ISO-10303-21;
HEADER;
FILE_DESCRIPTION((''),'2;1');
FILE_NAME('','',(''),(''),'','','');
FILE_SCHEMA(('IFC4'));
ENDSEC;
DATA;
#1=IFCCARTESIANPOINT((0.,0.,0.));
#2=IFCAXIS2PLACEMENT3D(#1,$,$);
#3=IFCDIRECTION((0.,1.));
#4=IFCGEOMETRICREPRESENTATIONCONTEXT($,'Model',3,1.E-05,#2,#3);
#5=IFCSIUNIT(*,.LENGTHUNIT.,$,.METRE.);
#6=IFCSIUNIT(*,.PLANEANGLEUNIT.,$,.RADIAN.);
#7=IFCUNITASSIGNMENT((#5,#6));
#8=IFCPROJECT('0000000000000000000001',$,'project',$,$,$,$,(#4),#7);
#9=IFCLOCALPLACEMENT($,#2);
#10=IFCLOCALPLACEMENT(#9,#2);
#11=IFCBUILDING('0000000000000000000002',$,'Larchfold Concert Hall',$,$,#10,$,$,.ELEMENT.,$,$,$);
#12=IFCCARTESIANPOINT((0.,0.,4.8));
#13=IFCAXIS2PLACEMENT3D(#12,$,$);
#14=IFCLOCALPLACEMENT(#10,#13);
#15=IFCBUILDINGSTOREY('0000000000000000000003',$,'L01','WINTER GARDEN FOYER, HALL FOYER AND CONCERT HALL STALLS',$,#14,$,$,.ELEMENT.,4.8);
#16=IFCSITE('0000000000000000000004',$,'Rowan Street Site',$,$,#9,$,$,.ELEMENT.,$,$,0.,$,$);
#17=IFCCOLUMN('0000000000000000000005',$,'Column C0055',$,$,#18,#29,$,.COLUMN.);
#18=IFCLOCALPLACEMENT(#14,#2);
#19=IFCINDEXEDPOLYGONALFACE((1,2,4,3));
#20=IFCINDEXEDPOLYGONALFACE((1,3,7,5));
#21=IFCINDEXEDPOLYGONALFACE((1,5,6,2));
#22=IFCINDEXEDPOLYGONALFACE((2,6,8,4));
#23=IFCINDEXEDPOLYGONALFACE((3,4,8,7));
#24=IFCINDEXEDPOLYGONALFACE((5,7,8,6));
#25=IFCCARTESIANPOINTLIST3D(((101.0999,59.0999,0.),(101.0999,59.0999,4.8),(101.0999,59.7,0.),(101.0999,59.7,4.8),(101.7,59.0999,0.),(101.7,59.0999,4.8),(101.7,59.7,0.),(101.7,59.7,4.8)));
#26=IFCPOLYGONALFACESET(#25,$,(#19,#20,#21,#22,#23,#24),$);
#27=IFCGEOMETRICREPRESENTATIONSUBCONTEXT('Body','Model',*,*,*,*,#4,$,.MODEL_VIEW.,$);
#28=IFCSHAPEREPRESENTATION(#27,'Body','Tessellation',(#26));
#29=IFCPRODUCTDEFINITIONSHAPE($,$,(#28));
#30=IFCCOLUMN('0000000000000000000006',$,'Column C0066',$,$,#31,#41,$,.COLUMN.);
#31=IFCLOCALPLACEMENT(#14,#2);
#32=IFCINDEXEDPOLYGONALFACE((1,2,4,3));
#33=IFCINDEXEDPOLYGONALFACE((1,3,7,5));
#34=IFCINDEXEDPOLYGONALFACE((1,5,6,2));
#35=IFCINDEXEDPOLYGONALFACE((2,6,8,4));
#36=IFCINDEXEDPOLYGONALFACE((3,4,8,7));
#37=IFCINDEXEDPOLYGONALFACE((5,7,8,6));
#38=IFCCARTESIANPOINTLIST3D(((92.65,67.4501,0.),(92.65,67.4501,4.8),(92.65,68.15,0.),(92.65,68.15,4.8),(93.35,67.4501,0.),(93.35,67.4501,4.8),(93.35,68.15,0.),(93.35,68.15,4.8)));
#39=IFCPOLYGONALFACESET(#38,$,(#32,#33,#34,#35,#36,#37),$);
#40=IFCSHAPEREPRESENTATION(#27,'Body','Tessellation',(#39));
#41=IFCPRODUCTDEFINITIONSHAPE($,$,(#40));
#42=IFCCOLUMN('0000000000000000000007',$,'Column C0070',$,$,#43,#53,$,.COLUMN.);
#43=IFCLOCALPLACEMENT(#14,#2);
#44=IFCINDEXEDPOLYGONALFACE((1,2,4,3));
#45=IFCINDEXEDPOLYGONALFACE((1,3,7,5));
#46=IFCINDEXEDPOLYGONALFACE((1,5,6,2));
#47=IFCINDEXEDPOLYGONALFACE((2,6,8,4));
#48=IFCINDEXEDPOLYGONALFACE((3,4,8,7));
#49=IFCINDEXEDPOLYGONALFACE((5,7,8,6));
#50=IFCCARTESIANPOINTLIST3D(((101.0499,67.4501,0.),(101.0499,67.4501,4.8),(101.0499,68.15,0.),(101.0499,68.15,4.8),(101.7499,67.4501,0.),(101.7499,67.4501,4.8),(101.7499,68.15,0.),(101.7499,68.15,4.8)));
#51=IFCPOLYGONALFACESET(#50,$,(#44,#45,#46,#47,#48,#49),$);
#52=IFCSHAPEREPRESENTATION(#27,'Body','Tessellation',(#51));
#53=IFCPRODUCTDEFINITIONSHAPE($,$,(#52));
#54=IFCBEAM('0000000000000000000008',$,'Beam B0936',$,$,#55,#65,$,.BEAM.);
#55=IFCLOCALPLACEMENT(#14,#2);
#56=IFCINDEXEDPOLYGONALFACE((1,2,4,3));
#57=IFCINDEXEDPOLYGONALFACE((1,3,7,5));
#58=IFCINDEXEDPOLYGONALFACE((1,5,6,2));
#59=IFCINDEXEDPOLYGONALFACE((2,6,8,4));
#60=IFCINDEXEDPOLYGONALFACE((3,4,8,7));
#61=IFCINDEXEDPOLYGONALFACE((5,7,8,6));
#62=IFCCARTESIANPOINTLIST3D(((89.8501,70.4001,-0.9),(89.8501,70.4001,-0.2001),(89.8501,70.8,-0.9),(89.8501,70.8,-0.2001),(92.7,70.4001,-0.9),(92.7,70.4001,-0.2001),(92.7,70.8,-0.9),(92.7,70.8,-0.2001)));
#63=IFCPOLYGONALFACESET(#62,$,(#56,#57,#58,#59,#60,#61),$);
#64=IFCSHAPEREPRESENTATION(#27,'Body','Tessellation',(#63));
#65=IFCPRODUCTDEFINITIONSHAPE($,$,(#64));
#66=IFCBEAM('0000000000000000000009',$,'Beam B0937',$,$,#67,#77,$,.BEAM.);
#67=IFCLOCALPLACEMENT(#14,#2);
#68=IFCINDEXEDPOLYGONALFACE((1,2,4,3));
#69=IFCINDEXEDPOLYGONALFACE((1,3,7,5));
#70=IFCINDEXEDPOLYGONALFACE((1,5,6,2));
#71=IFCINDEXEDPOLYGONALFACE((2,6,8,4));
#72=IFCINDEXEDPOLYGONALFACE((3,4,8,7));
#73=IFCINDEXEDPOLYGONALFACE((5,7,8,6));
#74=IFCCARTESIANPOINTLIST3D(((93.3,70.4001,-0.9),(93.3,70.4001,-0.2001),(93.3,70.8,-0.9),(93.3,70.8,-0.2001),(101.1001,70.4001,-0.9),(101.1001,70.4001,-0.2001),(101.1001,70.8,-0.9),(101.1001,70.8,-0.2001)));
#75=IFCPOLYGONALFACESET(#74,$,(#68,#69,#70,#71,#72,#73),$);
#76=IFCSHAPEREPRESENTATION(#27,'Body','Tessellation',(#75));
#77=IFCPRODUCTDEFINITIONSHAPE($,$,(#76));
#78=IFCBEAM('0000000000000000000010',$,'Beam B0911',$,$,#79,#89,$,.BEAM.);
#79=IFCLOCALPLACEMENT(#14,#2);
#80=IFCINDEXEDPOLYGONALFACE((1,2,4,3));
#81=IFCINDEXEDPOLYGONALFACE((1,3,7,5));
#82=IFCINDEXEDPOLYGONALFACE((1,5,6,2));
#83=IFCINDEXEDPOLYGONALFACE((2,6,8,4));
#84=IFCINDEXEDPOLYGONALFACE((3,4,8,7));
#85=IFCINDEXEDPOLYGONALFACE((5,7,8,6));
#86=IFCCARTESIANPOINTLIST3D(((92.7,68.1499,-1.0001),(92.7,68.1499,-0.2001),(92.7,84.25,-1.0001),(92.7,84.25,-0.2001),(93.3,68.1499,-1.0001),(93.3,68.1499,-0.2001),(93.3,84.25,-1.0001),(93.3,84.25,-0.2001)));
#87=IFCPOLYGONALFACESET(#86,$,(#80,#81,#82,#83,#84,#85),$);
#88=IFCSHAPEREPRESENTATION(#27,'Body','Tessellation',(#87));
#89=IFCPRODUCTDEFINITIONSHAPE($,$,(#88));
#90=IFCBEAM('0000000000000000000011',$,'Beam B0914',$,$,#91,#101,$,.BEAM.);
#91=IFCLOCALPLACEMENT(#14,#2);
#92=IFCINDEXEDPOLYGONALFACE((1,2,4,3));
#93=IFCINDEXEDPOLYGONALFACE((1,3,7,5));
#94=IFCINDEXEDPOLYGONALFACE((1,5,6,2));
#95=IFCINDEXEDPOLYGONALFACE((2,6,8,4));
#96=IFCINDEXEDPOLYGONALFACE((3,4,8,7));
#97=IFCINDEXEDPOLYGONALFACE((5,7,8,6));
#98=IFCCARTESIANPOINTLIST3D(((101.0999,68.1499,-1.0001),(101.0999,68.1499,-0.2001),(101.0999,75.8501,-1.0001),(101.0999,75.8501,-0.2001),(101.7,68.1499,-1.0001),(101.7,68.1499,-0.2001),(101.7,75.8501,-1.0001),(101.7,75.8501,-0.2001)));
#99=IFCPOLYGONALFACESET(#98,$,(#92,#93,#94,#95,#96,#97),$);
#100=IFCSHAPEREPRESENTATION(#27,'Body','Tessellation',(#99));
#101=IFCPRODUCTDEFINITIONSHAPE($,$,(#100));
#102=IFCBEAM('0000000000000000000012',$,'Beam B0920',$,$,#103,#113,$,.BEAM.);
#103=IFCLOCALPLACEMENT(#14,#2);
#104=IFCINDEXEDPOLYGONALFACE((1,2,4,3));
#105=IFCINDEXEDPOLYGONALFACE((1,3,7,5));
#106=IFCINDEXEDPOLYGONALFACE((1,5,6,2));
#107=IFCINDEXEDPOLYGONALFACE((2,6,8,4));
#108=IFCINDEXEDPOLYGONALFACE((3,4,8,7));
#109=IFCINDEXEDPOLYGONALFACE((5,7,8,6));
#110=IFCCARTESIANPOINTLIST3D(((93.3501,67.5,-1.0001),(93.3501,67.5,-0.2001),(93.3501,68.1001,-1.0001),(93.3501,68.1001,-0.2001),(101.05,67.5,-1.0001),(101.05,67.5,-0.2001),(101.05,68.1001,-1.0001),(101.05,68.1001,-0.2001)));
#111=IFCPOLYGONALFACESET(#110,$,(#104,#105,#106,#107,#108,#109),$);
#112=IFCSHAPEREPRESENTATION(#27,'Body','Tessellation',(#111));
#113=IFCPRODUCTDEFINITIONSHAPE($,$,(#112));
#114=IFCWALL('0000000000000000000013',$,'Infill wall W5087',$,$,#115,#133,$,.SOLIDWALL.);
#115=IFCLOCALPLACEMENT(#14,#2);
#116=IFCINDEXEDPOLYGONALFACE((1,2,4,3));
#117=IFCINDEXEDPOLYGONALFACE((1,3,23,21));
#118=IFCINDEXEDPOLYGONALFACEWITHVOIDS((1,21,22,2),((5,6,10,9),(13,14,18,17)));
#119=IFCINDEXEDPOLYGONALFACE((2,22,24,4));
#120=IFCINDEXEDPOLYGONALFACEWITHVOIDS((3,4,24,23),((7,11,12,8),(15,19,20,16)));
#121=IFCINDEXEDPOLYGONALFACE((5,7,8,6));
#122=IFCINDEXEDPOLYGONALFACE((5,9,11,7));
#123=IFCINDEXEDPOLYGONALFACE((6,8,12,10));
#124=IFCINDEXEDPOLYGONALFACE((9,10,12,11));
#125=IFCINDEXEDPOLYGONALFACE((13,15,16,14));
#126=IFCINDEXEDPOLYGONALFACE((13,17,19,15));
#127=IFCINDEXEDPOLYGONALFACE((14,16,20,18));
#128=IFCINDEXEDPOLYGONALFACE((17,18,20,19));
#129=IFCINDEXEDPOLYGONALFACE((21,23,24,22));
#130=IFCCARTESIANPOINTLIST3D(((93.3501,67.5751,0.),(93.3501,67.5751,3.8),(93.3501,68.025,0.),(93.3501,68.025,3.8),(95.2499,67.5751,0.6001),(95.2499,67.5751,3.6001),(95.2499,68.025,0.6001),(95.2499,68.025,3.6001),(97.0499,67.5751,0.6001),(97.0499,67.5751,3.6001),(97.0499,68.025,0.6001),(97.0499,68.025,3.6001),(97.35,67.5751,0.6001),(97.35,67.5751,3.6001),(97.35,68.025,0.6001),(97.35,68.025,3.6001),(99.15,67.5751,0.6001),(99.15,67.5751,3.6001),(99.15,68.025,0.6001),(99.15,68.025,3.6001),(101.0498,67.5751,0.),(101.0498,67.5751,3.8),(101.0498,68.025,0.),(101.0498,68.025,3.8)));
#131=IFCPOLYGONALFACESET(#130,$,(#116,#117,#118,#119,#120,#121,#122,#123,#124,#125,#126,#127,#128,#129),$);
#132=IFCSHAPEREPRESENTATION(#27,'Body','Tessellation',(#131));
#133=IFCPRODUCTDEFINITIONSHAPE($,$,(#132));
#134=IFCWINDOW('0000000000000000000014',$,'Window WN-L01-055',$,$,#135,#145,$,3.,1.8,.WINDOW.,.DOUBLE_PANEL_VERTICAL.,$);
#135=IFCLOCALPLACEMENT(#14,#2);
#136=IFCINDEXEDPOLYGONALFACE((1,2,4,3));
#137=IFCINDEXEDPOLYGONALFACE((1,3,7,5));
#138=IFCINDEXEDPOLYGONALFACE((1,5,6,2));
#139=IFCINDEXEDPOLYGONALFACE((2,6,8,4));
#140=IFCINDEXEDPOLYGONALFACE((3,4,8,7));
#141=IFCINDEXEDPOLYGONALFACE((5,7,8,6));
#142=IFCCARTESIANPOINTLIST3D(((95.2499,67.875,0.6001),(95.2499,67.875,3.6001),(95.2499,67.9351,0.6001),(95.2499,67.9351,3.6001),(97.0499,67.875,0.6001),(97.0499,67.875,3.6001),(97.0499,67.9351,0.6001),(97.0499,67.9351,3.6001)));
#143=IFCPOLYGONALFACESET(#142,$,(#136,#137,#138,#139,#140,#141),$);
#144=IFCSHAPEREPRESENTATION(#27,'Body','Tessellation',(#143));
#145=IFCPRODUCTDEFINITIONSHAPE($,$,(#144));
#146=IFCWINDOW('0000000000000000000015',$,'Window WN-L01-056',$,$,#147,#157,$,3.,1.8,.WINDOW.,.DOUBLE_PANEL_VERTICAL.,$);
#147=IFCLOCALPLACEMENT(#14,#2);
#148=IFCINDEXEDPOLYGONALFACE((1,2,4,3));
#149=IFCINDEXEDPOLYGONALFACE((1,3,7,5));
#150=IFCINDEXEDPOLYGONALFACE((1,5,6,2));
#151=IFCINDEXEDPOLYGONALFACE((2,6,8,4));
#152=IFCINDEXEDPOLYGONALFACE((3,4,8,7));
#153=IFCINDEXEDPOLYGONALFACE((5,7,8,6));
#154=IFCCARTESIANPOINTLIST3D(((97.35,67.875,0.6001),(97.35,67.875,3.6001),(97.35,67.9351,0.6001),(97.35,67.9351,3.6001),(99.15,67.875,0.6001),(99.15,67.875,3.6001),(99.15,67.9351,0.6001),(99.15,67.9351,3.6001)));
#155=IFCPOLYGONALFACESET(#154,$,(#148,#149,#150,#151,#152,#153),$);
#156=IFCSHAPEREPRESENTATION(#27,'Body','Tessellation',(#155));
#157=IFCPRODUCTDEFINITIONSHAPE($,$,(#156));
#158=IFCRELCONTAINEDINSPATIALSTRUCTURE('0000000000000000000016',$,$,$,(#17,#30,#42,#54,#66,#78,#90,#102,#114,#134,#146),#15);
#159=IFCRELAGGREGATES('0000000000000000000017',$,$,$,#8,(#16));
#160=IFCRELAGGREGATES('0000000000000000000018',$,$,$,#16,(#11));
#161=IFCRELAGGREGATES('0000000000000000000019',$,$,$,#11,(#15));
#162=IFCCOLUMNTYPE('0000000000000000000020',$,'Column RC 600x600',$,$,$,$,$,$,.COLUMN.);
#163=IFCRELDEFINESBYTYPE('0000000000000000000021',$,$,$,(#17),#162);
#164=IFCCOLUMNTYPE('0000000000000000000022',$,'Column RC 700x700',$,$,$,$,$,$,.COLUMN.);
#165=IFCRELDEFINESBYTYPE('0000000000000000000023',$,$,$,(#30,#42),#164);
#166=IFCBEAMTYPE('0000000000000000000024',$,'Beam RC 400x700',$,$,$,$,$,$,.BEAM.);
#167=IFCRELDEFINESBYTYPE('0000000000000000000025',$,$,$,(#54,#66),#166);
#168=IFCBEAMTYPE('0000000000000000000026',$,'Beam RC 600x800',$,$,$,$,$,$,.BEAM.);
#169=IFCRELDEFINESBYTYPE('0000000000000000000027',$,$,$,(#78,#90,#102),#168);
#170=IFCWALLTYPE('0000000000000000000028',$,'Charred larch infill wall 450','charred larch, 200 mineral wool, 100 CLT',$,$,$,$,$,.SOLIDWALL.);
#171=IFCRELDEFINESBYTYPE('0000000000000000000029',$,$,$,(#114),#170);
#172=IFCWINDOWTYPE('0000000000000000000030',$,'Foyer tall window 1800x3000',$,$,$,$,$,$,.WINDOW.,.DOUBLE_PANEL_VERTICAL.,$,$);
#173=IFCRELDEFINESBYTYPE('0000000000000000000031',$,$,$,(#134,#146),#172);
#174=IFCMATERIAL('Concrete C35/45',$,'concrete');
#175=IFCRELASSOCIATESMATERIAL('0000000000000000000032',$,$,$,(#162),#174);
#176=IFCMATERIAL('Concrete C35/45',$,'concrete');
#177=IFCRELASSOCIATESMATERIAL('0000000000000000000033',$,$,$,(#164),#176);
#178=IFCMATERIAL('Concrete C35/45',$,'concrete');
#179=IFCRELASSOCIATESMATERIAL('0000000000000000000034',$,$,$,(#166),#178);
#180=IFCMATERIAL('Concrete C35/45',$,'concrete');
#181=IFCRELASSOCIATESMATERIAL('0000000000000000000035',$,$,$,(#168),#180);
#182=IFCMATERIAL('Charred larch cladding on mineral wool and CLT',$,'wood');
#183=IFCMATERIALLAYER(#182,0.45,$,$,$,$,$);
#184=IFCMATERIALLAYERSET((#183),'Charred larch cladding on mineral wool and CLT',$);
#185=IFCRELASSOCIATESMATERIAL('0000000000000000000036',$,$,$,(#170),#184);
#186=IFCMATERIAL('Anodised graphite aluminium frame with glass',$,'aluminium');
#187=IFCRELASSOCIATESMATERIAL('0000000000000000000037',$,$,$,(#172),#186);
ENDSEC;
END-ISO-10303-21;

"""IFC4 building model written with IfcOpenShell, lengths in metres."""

from ifc_helpers import new_model, si_unit, direction, frame, frame_2d, origin, origin_2d, place, context, subcontext, project, spatial, rectangle, extrude, material, layer, layer_set, material_profile, profile_set, type_object, element, fill, save


model = new_model("IFC4")

# Units and contexts
model_context = context("Model", 3, precision=1e-05, world=origin(), true_north=direction((0.0, 1.0)))
body_context = subcontext(model_context, "Body", "Model", "MODEL_VIEW")
ifc_project = project(units=[si_unit("LENGTHUNIT", "METRE"), si_unit("PLANEANGLEUNIT", "RADIAN")], contexts=[model_context])

# Site, building, storey
site_placement = place(None, origin())
site = spatial("IfcSite", under=ifc_project, at=site_placement, Name="Rowan Street Site", CompositionType="ELEMENT", RefElevation=0.0)
building_placement = place(site_placement, origin())
building = spatial("IfcBuilding", under=site, at=building_placement, Name="Larchfold Concert Hall", CompositionType="ELEMENT")
storey_placement = place(building_placement, frame((0.0, 0.0, 4.8)))
storey = spatial("IfcBuildingStorey", under=building, at=storey_placement, Name="L01", Description="WINTER GARDEN FOYER, HALL FOYER AND CONCERT HALL STALLS", CompositionType="ELEMENT", Elevation=4.8)

# Columns
ifc_material_1 = material(Name="Concrete C35/45", Category="concrete")
ifc_material_profile_1 = material_profile(ifc_material_1, rectangle(XDim=0.6001, YDim=0.6001, at=origin_2d()))
ifc_profile_set_1 = profile_set([ifc_material_profile_1], Name="Concrete C35/45")
column_type_1 = type_object("IfcColumnType", Name="Column RC 600x600", PredefinedType="COLUMN", material=ifc_profile_set_1)
column_placement = place(storey_placement, frame((101.3999, 59.3999, 0.0), z_axis=(0.0, 0.0, 1.0), x_axis=(1.0, 0.0, 0.0)))
element("IfcColumn", 1, at=column_placement, inside=storey, type_object=column_type_1, Name="Column C0055", PredefinedType="COLUMN", context=body_context, shape_type="SweptSolid", body=[
    extrude(rectangle(XDim=0.6001, YDim=0.6001, at=origin_2d()), origin(), (0.0, 0.0, 1.0), 4.8),
])
ifc_material_2 = material(Name="Concrete C35/45", Category="concrete")
ifc_material_profile_2 = material_profile(ifc_material_2, rectangle(XDim=0.7, YDim=0.7, at=origin_2d()))
ifc_profile_set_2 = profile_set([ifc_material_profile_2], Name="Concrete C35/45")
column_type_2 = type_object("IfcColumnType", Name="Column RC 700x700", PredefinedType="COLUMN", material=ifc_profile_set_2)
for number, where, z_axis, x_axis, name in (
    (2, (93.0, 67.8, 0.0), (0.0, 0.0, 1.0), (1.0, 0.0, 0.0), "Column C0066"),
    (3, (101.3999, 67.8, 0.0), (0.0, 0.0, 1.0), (1.0, 0.0, 0.0), "Column C0070"),
):
    element("IfcColumn", number, at=place(storey_placement, frame(where, z_axis=z_axis, x_axis=x_axis)), inside=storey, type_object=column_type_2, Name=name, PredefinedType="COLUMN", context=body_context, shape_type="SweptSolid", body=[
        extrude(rectangle(XDim=0.7, YDim=0.7, at=origin_2d()), origin(), (0.0, 0.0, 1.0), 4.8),
    ])

# Beams
ifc_material_3 = material(Name="Concrete C35/45", Category="concrete")
ifc_material_profile_3 = material_profile(ifc_material_3, rectangle(XDim=0.3999, YDim=0.7, at=origin_2d()))
ifc_profile_set_3 = profile_set([ifc_material_profile_3], Name="Concrete C35/45")
beam_type_1 = type_object("IfcBeamType", Name="Beam RC 400x700", PredefinedType="BEAM", material=ifc_profile_set_3)
beam_1_placement = place(storey_placement, frame((89.8501, 70.6001, -0.55), z_axis=(1.0, 0.0, 0.0), x_axis=(0.0, 1.0, 0.0)))
element("IfcBeam", 4, at=beam_1_placement, inside=storey, type_object=beam_type_1, Name="Beam B0936", PredefinedType="BEAM", context=body_context, shape_type="SweptSolid", body=[
    extrude(rectangle(XDim=0.3999, YDim=0.7, at=origin_2d()), origin(), (0.0, 0.0, 1.0), 2.8499),
])
beam_2_placement = place(storey_placement, frame((93.3, 70.6001, -0.55), z_axis=(1.0, 0.0, 0.0), x_axis=(0.0, 1.0, 0.0)))
element("IfcBeam", 5, at=beam_2_placement, inside=storey, type_object=beam_type_1, Name="Beam B0937", PredefinedType="BEAM", context=body_context, shape_type="SweptSolid", body=[
    extrude(rectangle(XDim=0.3999, YDim=0.7, at=origin_2d()), origin(), (0.0, 0.0, 1.0), 7.8),
])
ifc_material_4 = material(Name="Concrete C35/45", Category="concrete")
ifc_material_profile_4 = material_profile(ifc_material_4, rectangle(XDim=0.6001, YDim=0.8, at=origin_2d()))
ifc_profile_set_4 = profile_set([ifc_material_profile_4], Name="Concrete C35/45")
beam_type_2 = type_object("IfcBeamType", Name="Beam RC 600x800", PredefinedType="BEAM", material=ifc_profile_set_4)
beam_3_placement = place(storey_placement, frame((93.0, 68.1499, -0.6001), z_axis=(0.0, 1.0, 0.0), x_axis=(-1.0, 0.0, 0.0)))
element("IfcBeam", 6, at=beam_3_placement, inside=storey, type_object=beam_type_2, Name="Beam B0911", PredefinedType="BEAM", context=body_context, shape_type="SweptSolid", body=[
    extrude(rectangle(XDim=0.6001, YDim=0.8, at=origin_2d()), origin(), (0.0, 0.0, 1.0), 16.1001),
])
beam_4_placement = place(storey_placement, frame((101.3999, 68.1499, -0.6001), z_axis=(0.0, 1.0, 0.0), x_axis=(-1.0, 0.0, 0.0)))
element("IfcBeam", 7, at=beam_4_placement, inside=storey, type_object=beam_type_2, Name="Beam B0914", PredefinedType="BEAM", context=body_context, shape_type="SweptSolid", body=[
    extrude(rectangle(XDim=0.6001, YDim=0.8, at=origin_2d()), origin(), (0.0, 0.0, 1.0), 7.7002),
])
beam_5_placement = place(storey_placement, frame((93.3501, 67.8, -0.6001), z_axis=(1.0, 0.0, 0.0), x_axis=(0.0, 1.0, 0.0)))
element("IfcBeam", 8, at=beam_5_placement, inside=storey, type_object=beam_type_2, Name="Beam B0920", PredefinedType="BEAM", context=body_context, shape_type="SweptSolid", body=[
    extrude(rectangle(XDim=0.6001, YDim=0.8, at=origin_2d()), origin(), (0.0, 0.0, 1.0), 7.7),
])

# Wall, openings, windows
ifc_material_5 = material(Name="Charred larch cladding on mineral wool and CLT", Category="wood")
ifc_layer_1 = layer(ifc_material_5, 0.45)
ifc_layer_set_1 = layer_set([ifc_layer_1], Name="Charred larch cladding on mineral wool and CLT")
wall_type_1 = type_object("IfcWallType", Name="Charred larch infill wall 450", Description="charred larch, 200 mineral wool, 100 CLT", PredefinedType="SOLIDWALL", material=ifc_layer_set_1)
wall_1_placement = place(storey_placement, frame((93.3501, 67.8, 0.0), z_axis=(0.0, 0.0, 1.0), x_axis=(1.0, 0.0, 0.0)))
wall_1 = element("IfcWall", 9, at=wall_1_placement, inside=storey, type_object=wall_type_1, Name="Infill wall W5087", PredefinedType="SOLIDWALL", context=body_context, shape_type="SweptSolid", body=[
    extrude(rectangle(XDim=7.6997, YDim=0.45, at=frame_2d((3.8499, 0.0))), origin(), (0.0, 0.0, 1.0), 3.8),
])
opening_1_placement = place(wall_1_placement, frame((1.8999, 0.0, 0.6001)))
opening_1 = element("IfcOpeningElement", 10, at=opening_1_placement, cuts=wall_1, PredefinedType="OPENING", context=body_context, shape_type="SweptSolid", body=[
    extrude(rectangle(XDim=1.8, YDim=3.0, at=frame_2d((0.8999, 1.5))), frame((0.0, 0.2349, 0.0), z_axis=(0.0, -1.0, 0.0), x_axis=(1.0, 0.0, 0.0)), (0.0, 0.0, 1.0), 0.47),
])
opening_2_placement = place(wall_1_placement, frame((4.0, 0.0, 0.6001)))
opening_2 = element("IfcOpeningElement", 11, at=opening_2_placement, cuts=wall_1, PredefinedType="OPENING", context=body_context, shape_type="SweptSolid", body=[
    extrude(rectangle(XDim=1.8, YDim=3.0, at=frame_2d((0.8999, 1.5))), frame((0.0, 0.2349, 0.0), z_axis=(0.0, -1.0, 0.0), x_axis=(1.0, 0.0, 0.0)), (0.0, 0.0, 1.0), 0.47),
])
ifc_material_6 = material(Name="Anodised graphite aluminium frame with glass", Category="aluminium")
window_type_1 = type_object("IfcWindowType", Name="Foyer tall window 1800x3000", PartitioningType="DOUBLE_PANEL_VERTICAL", PredefinedType="WINDOW", material=ifc_material_6)
window_1_placement = place(opening_1_placement, origin())
window_1 = element("IfcWindow", 12, at=window_1_placement, inside=storey, type_object=window_type_1, Name="Window WN-L01-055", OverallHeight=3.0, OverallWidth=1.8, PartitioningType="DOUBLE_PANEL_VERTICAL", PredefinedType="WINDOW", context=body_context, shape_type="SweptSolid", body=[
    extrude(rectangle(XDim=1.8, YDim=3.0, at=frame_2d((0.8999, 1.5))), frame((0.0, 0.135, 0.0), z_axis=(0.0, -1.0, 0.0), x_axis=(1.0, 0.0, 0.0)), (0.0, 0.0, 1.0), 0.0601),
])
fill(opening_1, window_1)
window_2_placement = place(opening_2_placement, origin())
window_2 = element("IfcWindow", 13, at=window_2_placement, inside=storey, type_object=window_type_1, Name="Window WN-L01-056", OverallHeight=3.0, OverallWidth=1.8, PartitioningType="DOUBLE_PANEL_VERTICAL", PredefinedType="WINDOW", context=body_context, shape_type="SweptSolid", body=[
    extrude(rectangle(XDim=1.8, YDim=3.0, at=frame_2d((0.8999, 1.5))), frame((0.0, 0.135, 0.0), z_axis=(0.0, -1.0, 0.0), x_axis=(1.0, 0.0, 0.0)), (0.0, 0.0, 1.0), 0.0601),
])
fill(opening_2, window_2)

save(model, "model.ifc")
